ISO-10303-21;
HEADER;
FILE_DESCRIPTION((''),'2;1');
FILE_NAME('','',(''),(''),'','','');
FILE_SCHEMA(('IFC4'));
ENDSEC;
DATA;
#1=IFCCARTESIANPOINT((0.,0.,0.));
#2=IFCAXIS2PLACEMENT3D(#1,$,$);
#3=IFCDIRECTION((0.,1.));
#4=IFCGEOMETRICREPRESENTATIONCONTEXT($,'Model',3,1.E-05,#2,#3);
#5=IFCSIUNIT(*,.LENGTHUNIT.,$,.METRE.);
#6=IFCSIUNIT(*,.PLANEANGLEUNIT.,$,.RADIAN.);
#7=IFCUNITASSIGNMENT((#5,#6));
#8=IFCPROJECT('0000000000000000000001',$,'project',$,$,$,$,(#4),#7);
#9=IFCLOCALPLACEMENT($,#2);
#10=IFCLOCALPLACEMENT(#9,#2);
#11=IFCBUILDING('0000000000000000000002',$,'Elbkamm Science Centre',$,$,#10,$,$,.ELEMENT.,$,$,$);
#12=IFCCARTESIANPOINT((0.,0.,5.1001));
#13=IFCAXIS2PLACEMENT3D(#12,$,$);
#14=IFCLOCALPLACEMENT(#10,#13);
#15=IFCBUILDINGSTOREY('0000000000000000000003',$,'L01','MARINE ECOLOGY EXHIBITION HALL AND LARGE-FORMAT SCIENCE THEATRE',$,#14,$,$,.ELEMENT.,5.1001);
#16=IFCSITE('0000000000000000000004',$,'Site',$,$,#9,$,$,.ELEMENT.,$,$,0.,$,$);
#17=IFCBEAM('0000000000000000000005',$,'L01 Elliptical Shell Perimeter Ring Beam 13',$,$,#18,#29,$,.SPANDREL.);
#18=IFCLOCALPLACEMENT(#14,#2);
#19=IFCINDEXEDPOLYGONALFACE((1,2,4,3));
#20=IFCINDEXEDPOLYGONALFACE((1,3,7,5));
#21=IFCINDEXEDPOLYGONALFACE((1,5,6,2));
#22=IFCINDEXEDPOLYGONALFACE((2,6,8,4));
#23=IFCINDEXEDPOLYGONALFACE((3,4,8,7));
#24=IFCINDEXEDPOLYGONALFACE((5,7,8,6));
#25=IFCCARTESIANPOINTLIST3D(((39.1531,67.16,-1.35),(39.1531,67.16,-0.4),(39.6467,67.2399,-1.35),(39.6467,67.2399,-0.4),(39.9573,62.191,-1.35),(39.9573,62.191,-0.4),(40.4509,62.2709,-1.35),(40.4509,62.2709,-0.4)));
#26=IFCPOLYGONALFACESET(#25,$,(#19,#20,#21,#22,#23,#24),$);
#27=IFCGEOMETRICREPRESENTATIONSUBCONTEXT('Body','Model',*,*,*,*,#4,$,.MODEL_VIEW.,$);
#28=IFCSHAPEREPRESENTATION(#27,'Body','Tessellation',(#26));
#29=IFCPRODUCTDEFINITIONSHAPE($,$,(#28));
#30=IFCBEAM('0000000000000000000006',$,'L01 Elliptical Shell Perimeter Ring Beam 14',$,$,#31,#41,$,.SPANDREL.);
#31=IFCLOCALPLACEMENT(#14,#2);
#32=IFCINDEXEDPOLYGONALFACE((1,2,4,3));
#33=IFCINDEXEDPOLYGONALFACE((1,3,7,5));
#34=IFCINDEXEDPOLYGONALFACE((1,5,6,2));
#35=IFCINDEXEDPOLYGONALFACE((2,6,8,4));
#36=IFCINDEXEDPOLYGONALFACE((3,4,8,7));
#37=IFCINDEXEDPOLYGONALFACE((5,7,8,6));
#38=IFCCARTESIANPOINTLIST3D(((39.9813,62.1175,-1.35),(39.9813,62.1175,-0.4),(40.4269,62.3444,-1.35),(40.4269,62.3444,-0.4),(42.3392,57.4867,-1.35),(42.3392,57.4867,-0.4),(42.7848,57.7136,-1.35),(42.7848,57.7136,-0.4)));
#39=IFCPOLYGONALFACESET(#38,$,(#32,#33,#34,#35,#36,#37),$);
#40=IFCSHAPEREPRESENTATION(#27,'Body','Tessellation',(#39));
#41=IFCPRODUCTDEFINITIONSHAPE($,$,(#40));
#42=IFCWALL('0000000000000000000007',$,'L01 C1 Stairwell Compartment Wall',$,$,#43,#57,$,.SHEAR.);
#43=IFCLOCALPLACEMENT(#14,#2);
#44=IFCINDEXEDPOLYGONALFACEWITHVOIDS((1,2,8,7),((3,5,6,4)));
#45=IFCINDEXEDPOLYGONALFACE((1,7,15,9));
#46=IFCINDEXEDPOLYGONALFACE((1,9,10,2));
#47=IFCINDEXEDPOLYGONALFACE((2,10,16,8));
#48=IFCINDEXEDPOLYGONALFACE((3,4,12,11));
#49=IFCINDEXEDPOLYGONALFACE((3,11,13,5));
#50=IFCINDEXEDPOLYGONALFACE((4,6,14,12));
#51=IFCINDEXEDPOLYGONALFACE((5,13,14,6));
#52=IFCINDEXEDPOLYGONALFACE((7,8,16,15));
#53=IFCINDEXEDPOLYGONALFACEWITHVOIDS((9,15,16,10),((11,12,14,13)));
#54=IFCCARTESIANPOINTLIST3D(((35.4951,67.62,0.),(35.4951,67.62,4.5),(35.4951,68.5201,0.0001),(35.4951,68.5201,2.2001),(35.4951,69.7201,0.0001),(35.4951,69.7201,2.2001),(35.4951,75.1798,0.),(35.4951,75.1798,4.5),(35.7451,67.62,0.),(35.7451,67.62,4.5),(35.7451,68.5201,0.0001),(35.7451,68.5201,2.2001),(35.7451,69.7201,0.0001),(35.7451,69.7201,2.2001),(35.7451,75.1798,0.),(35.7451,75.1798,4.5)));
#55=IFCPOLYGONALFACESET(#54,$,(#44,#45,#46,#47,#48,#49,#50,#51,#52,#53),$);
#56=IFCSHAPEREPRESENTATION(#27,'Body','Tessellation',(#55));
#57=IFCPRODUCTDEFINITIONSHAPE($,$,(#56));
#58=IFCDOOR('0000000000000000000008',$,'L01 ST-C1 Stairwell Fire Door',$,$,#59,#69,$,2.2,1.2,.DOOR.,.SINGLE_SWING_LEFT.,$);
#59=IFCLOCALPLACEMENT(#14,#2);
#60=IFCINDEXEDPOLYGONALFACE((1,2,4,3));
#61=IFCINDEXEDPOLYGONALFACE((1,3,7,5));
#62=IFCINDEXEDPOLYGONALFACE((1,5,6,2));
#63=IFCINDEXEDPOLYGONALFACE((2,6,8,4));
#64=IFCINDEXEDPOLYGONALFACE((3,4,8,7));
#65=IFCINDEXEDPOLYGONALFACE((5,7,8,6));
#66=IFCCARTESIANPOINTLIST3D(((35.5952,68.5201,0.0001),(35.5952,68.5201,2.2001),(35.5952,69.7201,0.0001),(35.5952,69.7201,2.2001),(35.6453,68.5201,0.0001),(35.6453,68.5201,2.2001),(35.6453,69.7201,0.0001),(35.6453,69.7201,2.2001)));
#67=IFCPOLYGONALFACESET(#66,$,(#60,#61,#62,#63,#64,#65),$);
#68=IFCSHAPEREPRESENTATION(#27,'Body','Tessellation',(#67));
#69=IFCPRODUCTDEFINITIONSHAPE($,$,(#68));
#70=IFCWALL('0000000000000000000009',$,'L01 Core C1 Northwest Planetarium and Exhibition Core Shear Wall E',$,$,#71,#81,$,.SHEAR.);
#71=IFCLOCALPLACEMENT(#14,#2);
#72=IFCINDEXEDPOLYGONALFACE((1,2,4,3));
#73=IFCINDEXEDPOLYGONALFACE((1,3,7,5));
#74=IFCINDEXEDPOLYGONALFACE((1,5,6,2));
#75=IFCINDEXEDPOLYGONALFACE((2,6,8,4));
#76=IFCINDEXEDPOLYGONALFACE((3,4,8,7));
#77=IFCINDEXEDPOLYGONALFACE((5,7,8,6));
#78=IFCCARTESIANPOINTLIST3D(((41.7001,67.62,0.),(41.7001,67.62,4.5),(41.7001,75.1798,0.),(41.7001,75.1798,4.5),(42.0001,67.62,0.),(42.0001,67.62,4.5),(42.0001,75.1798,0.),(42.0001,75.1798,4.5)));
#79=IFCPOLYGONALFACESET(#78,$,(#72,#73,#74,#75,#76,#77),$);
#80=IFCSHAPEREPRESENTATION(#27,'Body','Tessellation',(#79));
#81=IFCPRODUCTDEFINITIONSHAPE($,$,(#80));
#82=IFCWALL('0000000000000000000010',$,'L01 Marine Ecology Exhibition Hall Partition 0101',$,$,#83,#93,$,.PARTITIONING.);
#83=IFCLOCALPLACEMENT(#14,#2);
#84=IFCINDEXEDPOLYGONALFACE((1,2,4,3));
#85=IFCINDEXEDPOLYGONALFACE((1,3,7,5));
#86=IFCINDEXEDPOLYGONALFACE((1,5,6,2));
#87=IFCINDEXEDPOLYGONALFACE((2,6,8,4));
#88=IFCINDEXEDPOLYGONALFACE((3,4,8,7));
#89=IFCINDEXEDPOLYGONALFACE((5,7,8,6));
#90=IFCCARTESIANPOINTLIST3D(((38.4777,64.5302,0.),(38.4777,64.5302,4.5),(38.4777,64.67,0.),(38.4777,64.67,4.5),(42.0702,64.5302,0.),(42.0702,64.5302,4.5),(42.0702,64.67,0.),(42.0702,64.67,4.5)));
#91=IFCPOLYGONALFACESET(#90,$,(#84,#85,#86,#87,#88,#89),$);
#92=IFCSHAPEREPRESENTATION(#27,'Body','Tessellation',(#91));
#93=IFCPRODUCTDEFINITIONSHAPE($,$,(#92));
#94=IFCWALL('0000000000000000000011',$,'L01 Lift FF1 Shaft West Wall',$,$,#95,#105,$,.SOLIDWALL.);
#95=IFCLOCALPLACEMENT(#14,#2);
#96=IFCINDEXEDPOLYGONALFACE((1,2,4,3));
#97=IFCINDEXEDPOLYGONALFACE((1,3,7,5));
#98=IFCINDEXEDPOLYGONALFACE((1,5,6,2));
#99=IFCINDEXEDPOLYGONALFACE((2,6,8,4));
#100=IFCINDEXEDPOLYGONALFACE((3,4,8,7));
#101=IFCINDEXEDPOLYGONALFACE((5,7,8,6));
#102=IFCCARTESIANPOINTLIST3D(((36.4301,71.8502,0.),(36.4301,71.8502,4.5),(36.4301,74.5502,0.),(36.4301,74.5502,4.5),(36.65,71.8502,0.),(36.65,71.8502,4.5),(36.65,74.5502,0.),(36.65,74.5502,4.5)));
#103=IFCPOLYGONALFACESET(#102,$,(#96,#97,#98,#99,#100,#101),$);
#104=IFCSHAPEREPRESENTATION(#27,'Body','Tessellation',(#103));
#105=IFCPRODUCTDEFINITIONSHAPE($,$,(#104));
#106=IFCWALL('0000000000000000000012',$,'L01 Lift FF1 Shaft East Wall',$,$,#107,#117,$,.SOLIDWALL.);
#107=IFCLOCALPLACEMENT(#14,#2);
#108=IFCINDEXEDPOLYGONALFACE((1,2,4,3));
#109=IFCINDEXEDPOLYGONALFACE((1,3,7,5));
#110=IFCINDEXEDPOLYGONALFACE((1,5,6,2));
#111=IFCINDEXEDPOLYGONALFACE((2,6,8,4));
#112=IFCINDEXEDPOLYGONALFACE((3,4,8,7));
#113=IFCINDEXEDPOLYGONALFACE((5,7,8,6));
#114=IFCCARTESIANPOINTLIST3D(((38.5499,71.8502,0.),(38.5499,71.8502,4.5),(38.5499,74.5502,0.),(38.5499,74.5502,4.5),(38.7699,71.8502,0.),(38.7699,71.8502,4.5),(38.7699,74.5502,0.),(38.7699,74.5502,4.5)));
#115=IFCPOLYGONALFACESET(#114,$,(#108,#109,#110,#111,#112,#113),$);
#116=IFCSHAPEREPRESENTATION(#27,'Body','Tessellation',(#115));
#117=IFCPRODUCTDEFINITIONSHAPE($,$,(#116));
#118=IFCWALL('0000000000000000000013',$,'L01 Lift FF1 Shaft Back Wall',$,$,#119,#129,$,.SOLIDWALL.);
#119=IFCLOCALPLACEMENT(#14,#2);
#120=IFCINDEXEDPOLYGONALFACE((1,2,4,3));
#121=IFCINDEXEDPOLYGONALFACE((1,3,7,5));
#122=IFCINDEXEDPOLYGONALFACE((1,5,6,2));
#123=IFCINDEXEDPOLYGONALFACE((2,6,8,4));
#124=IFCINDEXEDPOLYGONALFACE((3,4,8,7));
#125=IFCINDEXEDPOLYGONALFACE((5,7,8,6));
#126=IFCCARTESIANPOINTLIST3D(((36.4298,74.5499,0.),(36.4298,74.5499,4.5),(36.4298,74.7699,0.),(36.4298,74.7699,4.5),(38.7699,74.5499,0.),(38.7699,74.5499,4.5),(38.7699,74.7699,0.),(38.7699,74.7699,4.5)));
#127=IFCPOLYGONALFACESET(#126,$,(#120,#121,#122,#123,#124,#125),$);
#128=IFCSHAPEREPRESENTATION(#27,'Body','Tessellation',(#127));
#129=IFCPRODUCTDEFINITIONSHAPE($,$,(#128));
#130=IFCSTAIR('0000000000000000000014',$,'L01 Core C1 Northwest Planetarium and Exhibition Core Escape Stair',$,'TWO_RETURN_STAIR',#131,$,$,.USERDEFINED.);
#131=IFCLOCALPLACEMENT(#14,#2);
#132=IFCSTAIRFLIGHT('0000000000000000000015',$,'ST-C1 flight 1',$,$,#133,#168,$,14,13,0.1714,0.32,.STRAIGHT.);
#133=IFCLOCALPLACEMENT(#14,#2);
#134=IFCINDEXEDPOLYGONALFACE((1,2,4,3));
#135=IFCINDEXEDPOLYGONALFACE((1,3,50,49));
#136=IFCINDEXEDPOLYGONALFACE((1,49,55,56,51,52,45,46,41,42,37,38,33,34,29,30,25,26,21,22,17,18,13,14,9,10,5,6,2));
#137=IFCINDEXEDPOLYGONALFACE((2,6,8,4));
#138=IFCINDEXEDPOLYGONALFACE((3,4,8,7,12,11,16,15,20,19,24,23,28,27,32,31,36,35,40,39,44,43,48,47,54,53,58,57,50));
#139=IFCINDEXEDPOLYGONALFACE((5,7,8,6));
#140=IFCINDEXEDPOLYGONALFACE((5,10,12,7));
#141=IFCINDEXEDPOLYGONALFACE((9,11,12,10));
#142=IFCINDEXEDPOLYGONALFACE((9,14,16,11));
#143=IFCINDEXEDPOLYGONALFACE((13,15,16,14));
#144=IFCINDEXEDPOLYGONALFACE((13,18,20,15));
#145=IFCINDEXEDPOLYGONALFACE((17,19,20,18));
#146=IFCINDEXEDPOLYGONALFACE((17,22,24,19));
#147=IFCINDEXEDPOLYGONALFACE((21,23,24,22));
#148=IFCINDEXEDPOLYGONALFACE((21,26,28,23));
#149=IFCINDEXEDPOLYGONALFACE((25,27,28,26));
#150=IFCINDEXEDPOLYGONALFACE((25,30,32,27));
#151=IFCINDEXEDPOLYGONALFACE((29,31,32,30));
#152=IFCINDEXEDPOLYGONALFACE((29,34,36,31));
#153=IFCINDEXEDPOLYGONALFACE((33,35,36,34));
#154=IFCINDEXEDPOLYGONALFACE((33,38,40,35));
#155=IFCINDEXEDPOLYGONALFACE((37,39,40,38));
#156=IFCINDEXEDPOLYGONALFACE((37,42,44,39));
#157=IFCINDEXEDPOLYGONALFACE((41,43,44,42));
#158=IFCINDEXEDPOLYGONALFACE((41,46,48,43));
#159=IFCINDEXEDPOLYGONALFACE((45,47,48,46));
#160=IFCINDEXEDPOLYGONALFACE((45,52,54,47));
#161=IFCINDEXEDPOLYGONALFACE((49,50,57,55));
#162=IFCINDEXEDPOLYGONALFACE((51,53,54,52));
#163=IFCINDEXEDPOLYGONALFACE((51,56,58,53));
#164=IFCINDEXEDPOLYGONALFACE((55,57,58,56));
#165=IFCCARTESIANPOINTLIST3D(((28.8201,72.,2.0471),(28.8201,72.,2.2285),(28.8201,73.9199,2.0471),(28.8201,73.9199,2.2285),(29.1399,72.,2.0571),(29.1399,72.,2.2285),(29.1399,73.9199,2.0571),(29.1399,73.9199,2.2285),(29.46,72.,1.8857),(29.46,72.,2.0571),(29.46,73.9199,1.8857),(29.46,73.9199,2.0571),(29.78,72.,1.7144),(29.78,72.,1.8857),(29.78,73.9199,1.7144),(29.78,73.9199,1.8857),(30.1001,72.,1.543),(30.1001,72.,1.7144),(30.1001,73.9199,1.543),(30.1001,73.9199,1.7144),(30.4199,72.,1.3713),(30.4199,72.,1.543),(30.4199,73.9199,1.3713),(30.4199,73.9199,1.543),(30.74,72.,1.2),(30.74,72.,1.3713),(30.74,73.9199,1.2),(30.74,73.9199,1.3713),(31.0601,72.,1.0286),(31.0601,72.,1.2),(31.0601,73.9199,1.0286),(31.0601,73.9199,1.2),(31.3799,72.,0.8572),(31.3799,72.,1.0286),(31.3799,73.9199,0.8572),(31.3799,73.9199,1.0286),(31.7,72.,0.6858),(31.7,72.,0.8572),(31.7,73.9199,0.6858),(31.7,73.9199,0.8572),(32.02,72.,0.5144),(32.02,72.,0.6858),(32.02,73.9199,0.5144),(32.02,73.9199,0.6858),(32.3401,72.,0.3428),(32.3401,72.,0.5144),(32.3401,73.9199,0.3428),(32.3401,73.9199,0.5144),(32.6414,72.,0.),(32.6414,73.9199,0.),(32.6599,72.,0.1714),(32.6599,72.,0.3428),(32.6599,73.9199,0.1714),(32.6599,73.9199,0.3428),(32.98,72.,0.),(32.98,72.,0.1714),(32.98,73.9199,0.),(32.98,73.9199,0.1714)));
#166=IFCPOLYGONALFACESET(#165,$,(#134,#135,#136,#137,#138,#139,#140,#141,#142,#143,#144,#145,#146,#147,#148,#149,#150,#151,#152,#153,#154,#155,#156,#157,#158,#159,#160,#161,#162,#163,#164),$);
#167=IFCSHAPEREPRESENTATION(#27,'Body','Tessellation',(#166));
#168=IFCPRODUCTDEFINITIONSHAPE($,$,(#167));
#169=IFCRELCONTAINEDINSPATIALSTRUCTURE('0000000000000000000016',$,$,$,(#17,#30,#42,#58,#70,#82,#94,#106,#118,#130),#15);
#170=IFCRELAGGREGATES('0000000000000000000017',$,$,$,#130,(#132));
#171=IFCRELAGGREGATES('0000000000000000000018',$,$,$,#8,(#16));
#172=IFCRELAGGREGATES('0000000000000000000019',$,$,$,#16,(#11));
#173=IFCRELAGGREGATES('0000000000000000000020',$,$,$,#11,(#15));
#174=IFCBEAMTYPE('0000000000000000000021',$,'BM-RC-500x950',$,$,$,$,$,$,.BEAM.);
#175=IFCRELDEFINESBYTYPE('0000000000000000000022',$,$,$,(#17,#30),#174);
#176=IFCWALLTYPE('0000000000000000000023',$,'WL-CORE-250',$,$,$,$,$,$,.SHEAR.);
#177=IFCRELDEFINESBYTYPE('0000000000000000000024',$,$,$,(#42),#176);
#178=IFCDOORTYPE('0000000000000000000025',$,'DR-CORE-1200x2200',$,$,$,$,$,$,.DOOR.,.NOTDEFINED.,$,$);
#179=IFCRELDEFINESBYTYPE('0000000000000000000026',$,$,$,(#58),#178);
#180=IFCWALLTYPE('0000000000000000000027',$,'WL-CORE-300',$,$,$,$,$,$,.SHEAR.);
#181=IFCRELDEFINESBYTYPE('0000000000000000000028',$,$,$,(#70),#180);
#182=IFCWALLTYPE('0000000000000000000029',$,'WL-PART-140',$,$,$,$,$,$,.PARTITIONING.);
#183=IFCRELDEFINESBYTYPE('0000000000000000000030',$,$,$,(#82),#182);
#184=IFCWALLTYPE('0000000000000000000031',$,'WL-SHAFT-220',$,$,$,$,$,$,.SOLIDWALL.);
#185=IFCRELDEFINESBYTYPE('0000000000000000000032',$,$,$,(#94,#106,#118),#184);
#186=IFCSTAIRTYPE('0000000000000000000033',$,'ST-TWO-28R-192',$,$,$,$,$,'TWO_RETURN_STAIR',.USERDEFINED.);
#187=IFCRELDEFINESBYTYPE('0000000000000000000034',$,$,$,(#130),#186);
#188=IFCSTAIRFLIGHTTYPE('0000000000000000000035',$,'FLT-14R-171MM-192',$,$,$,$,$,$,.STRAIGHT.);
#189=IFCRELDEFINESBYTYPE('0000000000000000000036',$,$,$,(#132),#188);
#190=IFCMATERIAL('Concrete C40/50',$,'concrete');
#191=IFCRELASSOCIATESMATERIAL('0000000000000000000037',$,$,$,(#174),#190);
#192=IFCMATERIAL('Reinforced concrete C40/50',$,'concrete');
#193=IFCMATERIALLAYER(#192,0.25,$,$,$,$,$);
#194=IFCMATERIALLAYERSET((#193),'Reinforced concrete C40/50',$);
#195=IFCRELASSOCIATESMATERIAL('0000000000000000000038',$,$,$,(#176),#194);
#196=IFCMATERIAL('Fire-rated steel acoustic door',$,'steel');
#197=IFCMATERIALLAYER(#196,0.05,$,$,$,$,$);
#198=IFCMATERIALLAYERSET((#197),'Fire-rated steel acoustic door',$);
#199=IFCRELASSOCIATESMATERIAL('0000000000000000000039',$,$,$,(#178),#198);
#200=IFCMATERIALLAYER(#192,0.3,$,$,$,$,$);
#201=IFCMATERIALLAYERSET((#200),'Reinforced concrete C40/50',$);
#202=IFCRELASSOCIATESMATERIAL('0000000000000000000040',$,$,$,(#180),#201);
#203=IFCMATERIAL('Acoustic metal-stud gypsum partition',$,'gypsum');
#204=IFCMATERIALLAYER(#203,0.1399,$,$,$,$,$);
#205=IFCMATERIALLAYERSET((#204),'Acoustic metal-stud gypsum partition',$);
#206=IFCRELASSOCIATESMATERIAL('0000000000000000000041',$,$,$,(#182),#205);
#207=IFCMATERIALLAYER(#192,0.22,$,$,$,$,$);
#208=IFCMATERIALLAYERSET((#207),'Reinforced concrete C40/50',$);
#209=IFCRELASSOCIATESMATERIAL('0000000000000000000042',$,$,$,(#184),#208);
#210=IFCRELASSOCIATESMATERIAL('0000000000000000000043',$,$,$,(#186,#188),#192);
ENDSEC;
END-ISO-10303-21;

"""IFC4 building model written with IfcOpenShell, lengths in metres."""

from ifc_helpers import new_model, si_unit, direction, frame, frame_2d, origin, origin_2d, place, context, subcontext, project, spatial, polyline, rectangle, outline, extrude, material, layer, layer_set, material_profile, profile_set, type_object, element, fill, aggregate, save


model = new_model("IFC4")

# Units and contexts
model_context = context("Model", 3, precision=1e-05, world=origin(), true_north=direction((0.0, 1.0)))
body_context = subcontext(model_context, "Body", "Model", "MODEL_VIEW")
ifc_project = project(units=[si_unit("LENGTHUNIT", "METRE"), si_unit("PLANEANGLEUNIT", "RADIAN")], contexts=[model_context])

# Site, building, storey
site_placement = place(None, origin())
site = spatial("IfcSite", under=ifc_project, at=site_placement, Name="Site", CompositionType="ELEMENT", RefElevation=0.0)
building_placement = place(site_placement, origin())
building = spatial("IfcBuilding", under=site, at=building_placement, Name="Elbkamm Science Centre", CompositionType="ELEMENT")
storey_placement = place(building_placement, frame((0.0, 0.0, 5.1001)))
storey = spatial("IfcBuildingStorey", under=building, at=storey_placement, Name="L01", Description="MARINE ECOLOGY EXHIBITION HALL AND LARGE-FORMAT SCIENCE THEATRE", CompositionType="ELEMENT", Elevation=5.1001)

# Shared definitions
ifc_material_1 = material(Name="Concrete C40/50", Category="concrete")

# Beams
ifc_material_profile_1 = material_profile(ifc_material_1, rectangle(XDim=0.5, YDim=0.95, at=origin_2d()), Name="RC 500x950")
ifc_profile_set_1 = profile_set([ifc_material_profile_1], Name="Concrete C40/50")
beam_type_1 = type_object("IfcBeamType", Name="BM-RC-500x950", PredefinedType="BEAM", material=ifc_profile_set_1)
for number, where, z_axis, x_axis, name in (
    (1, (39.3999, 67.2, -0.875), (0.159765, -0.987155, 0.0), (0.987155, 0.159765, 0.0), "L01 Elliptical Shell Perimeter Ring Beam 13"),
):
    element("IfcBeam", number, at=place(storey_placement, frame(where, z_axis=z_axis, x_axis=x_axis)), inside=storey, type_object=beam_type_1, Name=name, PredefinedType="SPANDREL", context=body_context, shape_type="SweptSolid", body=[
        extrude(rectangle(XDim=0.5, YDim=0.95, at=origin_2d()), origin(), (0.0, 0.0, 1.0), 5.0337),
    ])
beam_1_placement = place(storey_placement, frame((40.2041, 62.231, -0.875), z_axis=(0.453741, -0.891133, 0.0), x_axis=(0.891133, 0.453741, 0.0)))
element("IfcBeam", 2, at=beam_1_placement, inside=storey, type_object=beam_type_1, Name="L01 Elliptical Shell Perimeter Ring Beam 14", PredefinedType="SPANDREL", context=body_context, shape_type="SweptSolid", body=[
    extrude(rectangle(XDim=0.5, YDim=0.95, at=origin_2d()), origin(), (0.0, 0.0, 1.0), 5.1965),
])

# Wall, opening, door
ifc_material_2 = material(Name="Reinforced concrete C40/50", Category="concrete")
ifc_layer_1 = layer(ifc_material_2, 0.25)
ifc_layer_set_1 = layer_set([ifc_layer_1], Name="Reinforced concrete C40/50")
wall_type_1 = type_object("IfcWallType", Name="WL-CORE-250", PredefinedType="SHEAR", material=ifc_layer_set_1)
wall_1_placement = place(storey_placement, frame((35.6201, 67.6201, 0.0), z_axis=(0.0, 0.0, 1.0), x_axis=(0.0, 1.0, 0.0)))
wall_1 = element("IfcWall", 3, at=wall_1_placement, inside=storey, type_object=wall_type_1, Name="L01 C1 Stairwell Compartment Wall", PredefinedType="SHEAR", context=body_context, shape_type="SweptSolid", body=[
    extrude(rectangle(XDim=7.5598, YDim=0.25, at=frame_2d((3.7798, 0.0))), origin(), (0.0, 0.0, 1.0), 4.5),
])
opening_1_placement = place(wall_1_placement, frame((0.8999, 0.0, 0.0)))
opening_1 = element("IfcOpeningElement", 4, at=opening_1_placement, cuts=wall_1, PredefinedType="OPENING", context=body_context, shape_type="SweptSolid", body=[
    extrude(rectangle(XDim=1.2, YDim=2.2, at=frame_2d((0.6001, 1.1001))), frame((0.0, 0.137, 0.0), z_axis=(0.0, -1.0, 0.0), x_axis=(1.0, 0.0, 0.0)), (0.0, 0.0, 1.0), 0.2739),
])
ifc_material_3 = material(Name="Fire-rated steel acoustic door", Category="steel")
ifc_layer_2 = layer(ifc_material_3, 0.05)
ifc_layer_set_2 = layer_set([ifc_layer_2], Name="Fire-rated steel acoustic door")
door_type_1 = type_object("IfcDoorType", Name="DR-CORE-1200x2200", OperationType="NOTDEFINED", PredefinedType="DOOR", material=ifc_layer_set_2)
door_1_placement = place(opening_1_placement, origin())
door_1 = element("IfcDoor", 5, at=door_1_placement, inside=storey, type_object=door_type_1, Name="L01 ST-C1 Stairwell Fire Door", OperationType="SINGLE_SWING_LEFT", OverallHeight=2.2, OverallWidth=1.2, PredefinedType="DOOR", context=body_context, shape_type="SweptSolid", body=[
    extrude(rectangle(XDim=1.2, YDim=2.2, at=frame_2d((0.6001, 1.1001))), frame((0.0, 0.0249, 0.0), z_axis=(0.0, -1.0, 0.0), x_axis=(1.0, 0.0, 0.0)), (0.0, 0.0, 1.0), 0.05),
])
fill(opening_1, door_1)

# Walls
ifc_layer_3 = layer(ifc_material_2, 0.3)
ifc_layer_set_3 = layer_set([ifc_layer_3], Name="Reinforced concrete C40/50")
wall_type_2 = type_object("IfcWallType", Name="WL-CORE-300", PredefinedType="SHEAR", material=ifc_layer_set_3)
wall_2_placement = place(storey_placement, frame((41.8501, 67.6201, 0.0), z_axis=(0.0, 0.0, 1.0), x_axis=(0.0, 1.0, 0.0)))
element("IfcWall", 6, at=wall_2_placement, inside=storey, type_object=wall_type_2, Name="L01 Core C1 Northwest Planetarium and Exhibition Core Shear Wall E", PredefinedType="SHEAR", context=body_context, shape_type="SweptSolid", body=[
    extrude(rectangle(XDim=7.5598, YDim=0.3, at=frame_2d((3.7798, 0.0))), origin(), (0.0, 0.0, 1.0), 4.5),
])
ifc_material_4 = material(Name="Acoustic metal-stud gypsum partition", Category="gypsum")
ifc_layer_4 = layer(ifc_material_4, 0.1399)
ifc_layer_set_4 = layer_set([ifc_layer_4], Name="Acoustic metal-stud gypsum partition")
wall_type_3 = type_object("IfcWallType", Name="WL-PART-140", PredefinedType="PARTITIONING", material=ifc_layer_set_4)
wall_3_placement = place(storey_placement, frame((38.4775, 64.6001, 0.0), z_axis=(0.0, 0.0, 1.0), x_axis=(1.0, 0.0, 0.0)))
element("IfcWall", 7, at=wall_3_placement, inside=storey, type_object=wall_type_3, Name="L01 Marine Ecology Exhibition Hall Partition 0101", PredefinedType="PARTITIONING", context=body_context, shape_type="SweptSolid", body=[
    extrude(rectangle(XDim=3.5925, YDim=0.1399, at=frame_2d((1.7964, 0.0))), origin(), (0.0, 0.0, 1.0), 4.5),
])
ifc_layer_5 = layer(ifc_material_2, 0.22)
ifc_layer_set_5 = layer_set([ifc_layer_5], Name="Reinforced concrete C40/50")
wall_type_4 = type_object("IfcWallType", Name="WL-SHAFT-220", PredefinedType="SOLIDWALL", material=ifc_layer_set_5)
for number, where, z_axis, x_axis, name in (
    (8, (36.54, 71.8501, 0.0), (0.0, 0.0, 1.0), (0.0, 1.0, 0.0), "L01 Lift FF1 Shaft West Wall"),
    (9, (38.6599, 71.8501, 0.0), (0.0, 0.0, 1.0), (0.0, 1.0, 0.0), "L01 Lift FF1 Shaft East Wall"),
):
    element("IfcWall", number, at=place(storey_placement, frame(where, z_axis=z_axis, x_axis=x_axis)), inside=storey, type_object=wall_type_4, Name=name, PredefinedType="SOLIDWALL", context=body_context, shape_type="SweptSolid", body=[
        extrude(rectangle(XDim=2.7, YDim=0.22, at=frame_2d((1.3501, 0.0))), origin(), (0.0, 0.0, 1.0), 4.5),
    ])
wall_4_placement = place(storey_placement, frame((36.4299, 74.6599, 0.0), z_axis=(0.0, 0.0, 1.0), x_axis=(1.0, 0.0, 0.0)))
element("IfcWall", 10, at=wall_4_placement, inside=storey, type_object=wall_type_4, Name="L01 Lift FF1 Shaft Back Wall", PredefinedType="SOLIDWALL", context=body_context, shape_type="SweptSolid", body=[
    extrude(rectangle(XDim=2.3401, YDim=0.22, at=frame_2d((1.1699, 0.0))), origin(), (0.0, 0.0, 1.0), 4.5),
])

# Stair, stair flight
stair_type = type_object("IfcStairType", Name="ST-TWO-28R-192", ElementType="TWO_RETURN_STAIR", PredefinedType="USERDEFINED", material=ifc_material_2)
stair_placement = place(storey_placement, origin())
stair = element("IfcStair", 11, at=stair_placement, inside=storey, type_object=stair_type, Name="L01 Core C1 Northwest Planetarium and Exhibition Core Escape Stair", ObjectType="TWO_RETURN_STAIR", PredefinedType="USERDEFINED")
stair_flight_type = type_object("IfcStairFlightType", Name="FLT-14R-171MM-192", PredefinedType="STRAIGHT", material=ifc_material_2)
stair_flight_1_placement = place(storey_placement, frame((32.98, 72.96, 0.0), z_axis=(0.0, 0.0, 1.0), x_axis=(-1.0, 0.0, 0.0)))
stair_flight_1 = element("IfcStairFlight", 12, at=stair_flight_1_placement, type_object=stair_flight_type, Name="ST-C1 flight 1", NumberOfRisers=14, NumberOfTreads=13, PredefinedType="STRAIGHT", RiserHeight=0.1714, TreadLength=0.32, context=body_context, shape_type="SweptSolid", body=[
    extrude(outline(polyline([(0.0, 0.0), (0.0, 0.1714), (0.3201, 0.1714), (0.3201, 0.3428), (0.6399, 0.3428), (0.6399, 0.5144), (0.96, 0.5144), (0.96, 0.6858), (1.28, 0.6858), (1.28, 0.8572), (1.6001, 0.8572), (1.6001, 1.0286), (1.9199, 1.0286), (1.9199, 1.2), (2.24, 1.2), (2.24, 1.3713), (2.5601, 1.3713), (2.5601, 1.543), (2.8799, 1.543), (2.8799, 1.7144), (3.2, 1.7144), (3.2, 1.8857), (3.52, 1.8857), (3.52, 2.0571), (3.8401, 2.0571), (3.8401, 2.2285), (4.1599, 2.2285), (4.1599, 2.3999), (4.1599, 2.0471), (0.3386, 0.0), (0.0, 0.0)])), frame((0.0, 0.96, 0.0), z_axis=(0.0, -1.0, 0.0), x_axis=(1.0, 0.0, 0.0)), (0.0, 0.0, 1.0), 1.9199),
])
aggregate(stair, [stair_flight_1])

save(model, "model.ifc")
